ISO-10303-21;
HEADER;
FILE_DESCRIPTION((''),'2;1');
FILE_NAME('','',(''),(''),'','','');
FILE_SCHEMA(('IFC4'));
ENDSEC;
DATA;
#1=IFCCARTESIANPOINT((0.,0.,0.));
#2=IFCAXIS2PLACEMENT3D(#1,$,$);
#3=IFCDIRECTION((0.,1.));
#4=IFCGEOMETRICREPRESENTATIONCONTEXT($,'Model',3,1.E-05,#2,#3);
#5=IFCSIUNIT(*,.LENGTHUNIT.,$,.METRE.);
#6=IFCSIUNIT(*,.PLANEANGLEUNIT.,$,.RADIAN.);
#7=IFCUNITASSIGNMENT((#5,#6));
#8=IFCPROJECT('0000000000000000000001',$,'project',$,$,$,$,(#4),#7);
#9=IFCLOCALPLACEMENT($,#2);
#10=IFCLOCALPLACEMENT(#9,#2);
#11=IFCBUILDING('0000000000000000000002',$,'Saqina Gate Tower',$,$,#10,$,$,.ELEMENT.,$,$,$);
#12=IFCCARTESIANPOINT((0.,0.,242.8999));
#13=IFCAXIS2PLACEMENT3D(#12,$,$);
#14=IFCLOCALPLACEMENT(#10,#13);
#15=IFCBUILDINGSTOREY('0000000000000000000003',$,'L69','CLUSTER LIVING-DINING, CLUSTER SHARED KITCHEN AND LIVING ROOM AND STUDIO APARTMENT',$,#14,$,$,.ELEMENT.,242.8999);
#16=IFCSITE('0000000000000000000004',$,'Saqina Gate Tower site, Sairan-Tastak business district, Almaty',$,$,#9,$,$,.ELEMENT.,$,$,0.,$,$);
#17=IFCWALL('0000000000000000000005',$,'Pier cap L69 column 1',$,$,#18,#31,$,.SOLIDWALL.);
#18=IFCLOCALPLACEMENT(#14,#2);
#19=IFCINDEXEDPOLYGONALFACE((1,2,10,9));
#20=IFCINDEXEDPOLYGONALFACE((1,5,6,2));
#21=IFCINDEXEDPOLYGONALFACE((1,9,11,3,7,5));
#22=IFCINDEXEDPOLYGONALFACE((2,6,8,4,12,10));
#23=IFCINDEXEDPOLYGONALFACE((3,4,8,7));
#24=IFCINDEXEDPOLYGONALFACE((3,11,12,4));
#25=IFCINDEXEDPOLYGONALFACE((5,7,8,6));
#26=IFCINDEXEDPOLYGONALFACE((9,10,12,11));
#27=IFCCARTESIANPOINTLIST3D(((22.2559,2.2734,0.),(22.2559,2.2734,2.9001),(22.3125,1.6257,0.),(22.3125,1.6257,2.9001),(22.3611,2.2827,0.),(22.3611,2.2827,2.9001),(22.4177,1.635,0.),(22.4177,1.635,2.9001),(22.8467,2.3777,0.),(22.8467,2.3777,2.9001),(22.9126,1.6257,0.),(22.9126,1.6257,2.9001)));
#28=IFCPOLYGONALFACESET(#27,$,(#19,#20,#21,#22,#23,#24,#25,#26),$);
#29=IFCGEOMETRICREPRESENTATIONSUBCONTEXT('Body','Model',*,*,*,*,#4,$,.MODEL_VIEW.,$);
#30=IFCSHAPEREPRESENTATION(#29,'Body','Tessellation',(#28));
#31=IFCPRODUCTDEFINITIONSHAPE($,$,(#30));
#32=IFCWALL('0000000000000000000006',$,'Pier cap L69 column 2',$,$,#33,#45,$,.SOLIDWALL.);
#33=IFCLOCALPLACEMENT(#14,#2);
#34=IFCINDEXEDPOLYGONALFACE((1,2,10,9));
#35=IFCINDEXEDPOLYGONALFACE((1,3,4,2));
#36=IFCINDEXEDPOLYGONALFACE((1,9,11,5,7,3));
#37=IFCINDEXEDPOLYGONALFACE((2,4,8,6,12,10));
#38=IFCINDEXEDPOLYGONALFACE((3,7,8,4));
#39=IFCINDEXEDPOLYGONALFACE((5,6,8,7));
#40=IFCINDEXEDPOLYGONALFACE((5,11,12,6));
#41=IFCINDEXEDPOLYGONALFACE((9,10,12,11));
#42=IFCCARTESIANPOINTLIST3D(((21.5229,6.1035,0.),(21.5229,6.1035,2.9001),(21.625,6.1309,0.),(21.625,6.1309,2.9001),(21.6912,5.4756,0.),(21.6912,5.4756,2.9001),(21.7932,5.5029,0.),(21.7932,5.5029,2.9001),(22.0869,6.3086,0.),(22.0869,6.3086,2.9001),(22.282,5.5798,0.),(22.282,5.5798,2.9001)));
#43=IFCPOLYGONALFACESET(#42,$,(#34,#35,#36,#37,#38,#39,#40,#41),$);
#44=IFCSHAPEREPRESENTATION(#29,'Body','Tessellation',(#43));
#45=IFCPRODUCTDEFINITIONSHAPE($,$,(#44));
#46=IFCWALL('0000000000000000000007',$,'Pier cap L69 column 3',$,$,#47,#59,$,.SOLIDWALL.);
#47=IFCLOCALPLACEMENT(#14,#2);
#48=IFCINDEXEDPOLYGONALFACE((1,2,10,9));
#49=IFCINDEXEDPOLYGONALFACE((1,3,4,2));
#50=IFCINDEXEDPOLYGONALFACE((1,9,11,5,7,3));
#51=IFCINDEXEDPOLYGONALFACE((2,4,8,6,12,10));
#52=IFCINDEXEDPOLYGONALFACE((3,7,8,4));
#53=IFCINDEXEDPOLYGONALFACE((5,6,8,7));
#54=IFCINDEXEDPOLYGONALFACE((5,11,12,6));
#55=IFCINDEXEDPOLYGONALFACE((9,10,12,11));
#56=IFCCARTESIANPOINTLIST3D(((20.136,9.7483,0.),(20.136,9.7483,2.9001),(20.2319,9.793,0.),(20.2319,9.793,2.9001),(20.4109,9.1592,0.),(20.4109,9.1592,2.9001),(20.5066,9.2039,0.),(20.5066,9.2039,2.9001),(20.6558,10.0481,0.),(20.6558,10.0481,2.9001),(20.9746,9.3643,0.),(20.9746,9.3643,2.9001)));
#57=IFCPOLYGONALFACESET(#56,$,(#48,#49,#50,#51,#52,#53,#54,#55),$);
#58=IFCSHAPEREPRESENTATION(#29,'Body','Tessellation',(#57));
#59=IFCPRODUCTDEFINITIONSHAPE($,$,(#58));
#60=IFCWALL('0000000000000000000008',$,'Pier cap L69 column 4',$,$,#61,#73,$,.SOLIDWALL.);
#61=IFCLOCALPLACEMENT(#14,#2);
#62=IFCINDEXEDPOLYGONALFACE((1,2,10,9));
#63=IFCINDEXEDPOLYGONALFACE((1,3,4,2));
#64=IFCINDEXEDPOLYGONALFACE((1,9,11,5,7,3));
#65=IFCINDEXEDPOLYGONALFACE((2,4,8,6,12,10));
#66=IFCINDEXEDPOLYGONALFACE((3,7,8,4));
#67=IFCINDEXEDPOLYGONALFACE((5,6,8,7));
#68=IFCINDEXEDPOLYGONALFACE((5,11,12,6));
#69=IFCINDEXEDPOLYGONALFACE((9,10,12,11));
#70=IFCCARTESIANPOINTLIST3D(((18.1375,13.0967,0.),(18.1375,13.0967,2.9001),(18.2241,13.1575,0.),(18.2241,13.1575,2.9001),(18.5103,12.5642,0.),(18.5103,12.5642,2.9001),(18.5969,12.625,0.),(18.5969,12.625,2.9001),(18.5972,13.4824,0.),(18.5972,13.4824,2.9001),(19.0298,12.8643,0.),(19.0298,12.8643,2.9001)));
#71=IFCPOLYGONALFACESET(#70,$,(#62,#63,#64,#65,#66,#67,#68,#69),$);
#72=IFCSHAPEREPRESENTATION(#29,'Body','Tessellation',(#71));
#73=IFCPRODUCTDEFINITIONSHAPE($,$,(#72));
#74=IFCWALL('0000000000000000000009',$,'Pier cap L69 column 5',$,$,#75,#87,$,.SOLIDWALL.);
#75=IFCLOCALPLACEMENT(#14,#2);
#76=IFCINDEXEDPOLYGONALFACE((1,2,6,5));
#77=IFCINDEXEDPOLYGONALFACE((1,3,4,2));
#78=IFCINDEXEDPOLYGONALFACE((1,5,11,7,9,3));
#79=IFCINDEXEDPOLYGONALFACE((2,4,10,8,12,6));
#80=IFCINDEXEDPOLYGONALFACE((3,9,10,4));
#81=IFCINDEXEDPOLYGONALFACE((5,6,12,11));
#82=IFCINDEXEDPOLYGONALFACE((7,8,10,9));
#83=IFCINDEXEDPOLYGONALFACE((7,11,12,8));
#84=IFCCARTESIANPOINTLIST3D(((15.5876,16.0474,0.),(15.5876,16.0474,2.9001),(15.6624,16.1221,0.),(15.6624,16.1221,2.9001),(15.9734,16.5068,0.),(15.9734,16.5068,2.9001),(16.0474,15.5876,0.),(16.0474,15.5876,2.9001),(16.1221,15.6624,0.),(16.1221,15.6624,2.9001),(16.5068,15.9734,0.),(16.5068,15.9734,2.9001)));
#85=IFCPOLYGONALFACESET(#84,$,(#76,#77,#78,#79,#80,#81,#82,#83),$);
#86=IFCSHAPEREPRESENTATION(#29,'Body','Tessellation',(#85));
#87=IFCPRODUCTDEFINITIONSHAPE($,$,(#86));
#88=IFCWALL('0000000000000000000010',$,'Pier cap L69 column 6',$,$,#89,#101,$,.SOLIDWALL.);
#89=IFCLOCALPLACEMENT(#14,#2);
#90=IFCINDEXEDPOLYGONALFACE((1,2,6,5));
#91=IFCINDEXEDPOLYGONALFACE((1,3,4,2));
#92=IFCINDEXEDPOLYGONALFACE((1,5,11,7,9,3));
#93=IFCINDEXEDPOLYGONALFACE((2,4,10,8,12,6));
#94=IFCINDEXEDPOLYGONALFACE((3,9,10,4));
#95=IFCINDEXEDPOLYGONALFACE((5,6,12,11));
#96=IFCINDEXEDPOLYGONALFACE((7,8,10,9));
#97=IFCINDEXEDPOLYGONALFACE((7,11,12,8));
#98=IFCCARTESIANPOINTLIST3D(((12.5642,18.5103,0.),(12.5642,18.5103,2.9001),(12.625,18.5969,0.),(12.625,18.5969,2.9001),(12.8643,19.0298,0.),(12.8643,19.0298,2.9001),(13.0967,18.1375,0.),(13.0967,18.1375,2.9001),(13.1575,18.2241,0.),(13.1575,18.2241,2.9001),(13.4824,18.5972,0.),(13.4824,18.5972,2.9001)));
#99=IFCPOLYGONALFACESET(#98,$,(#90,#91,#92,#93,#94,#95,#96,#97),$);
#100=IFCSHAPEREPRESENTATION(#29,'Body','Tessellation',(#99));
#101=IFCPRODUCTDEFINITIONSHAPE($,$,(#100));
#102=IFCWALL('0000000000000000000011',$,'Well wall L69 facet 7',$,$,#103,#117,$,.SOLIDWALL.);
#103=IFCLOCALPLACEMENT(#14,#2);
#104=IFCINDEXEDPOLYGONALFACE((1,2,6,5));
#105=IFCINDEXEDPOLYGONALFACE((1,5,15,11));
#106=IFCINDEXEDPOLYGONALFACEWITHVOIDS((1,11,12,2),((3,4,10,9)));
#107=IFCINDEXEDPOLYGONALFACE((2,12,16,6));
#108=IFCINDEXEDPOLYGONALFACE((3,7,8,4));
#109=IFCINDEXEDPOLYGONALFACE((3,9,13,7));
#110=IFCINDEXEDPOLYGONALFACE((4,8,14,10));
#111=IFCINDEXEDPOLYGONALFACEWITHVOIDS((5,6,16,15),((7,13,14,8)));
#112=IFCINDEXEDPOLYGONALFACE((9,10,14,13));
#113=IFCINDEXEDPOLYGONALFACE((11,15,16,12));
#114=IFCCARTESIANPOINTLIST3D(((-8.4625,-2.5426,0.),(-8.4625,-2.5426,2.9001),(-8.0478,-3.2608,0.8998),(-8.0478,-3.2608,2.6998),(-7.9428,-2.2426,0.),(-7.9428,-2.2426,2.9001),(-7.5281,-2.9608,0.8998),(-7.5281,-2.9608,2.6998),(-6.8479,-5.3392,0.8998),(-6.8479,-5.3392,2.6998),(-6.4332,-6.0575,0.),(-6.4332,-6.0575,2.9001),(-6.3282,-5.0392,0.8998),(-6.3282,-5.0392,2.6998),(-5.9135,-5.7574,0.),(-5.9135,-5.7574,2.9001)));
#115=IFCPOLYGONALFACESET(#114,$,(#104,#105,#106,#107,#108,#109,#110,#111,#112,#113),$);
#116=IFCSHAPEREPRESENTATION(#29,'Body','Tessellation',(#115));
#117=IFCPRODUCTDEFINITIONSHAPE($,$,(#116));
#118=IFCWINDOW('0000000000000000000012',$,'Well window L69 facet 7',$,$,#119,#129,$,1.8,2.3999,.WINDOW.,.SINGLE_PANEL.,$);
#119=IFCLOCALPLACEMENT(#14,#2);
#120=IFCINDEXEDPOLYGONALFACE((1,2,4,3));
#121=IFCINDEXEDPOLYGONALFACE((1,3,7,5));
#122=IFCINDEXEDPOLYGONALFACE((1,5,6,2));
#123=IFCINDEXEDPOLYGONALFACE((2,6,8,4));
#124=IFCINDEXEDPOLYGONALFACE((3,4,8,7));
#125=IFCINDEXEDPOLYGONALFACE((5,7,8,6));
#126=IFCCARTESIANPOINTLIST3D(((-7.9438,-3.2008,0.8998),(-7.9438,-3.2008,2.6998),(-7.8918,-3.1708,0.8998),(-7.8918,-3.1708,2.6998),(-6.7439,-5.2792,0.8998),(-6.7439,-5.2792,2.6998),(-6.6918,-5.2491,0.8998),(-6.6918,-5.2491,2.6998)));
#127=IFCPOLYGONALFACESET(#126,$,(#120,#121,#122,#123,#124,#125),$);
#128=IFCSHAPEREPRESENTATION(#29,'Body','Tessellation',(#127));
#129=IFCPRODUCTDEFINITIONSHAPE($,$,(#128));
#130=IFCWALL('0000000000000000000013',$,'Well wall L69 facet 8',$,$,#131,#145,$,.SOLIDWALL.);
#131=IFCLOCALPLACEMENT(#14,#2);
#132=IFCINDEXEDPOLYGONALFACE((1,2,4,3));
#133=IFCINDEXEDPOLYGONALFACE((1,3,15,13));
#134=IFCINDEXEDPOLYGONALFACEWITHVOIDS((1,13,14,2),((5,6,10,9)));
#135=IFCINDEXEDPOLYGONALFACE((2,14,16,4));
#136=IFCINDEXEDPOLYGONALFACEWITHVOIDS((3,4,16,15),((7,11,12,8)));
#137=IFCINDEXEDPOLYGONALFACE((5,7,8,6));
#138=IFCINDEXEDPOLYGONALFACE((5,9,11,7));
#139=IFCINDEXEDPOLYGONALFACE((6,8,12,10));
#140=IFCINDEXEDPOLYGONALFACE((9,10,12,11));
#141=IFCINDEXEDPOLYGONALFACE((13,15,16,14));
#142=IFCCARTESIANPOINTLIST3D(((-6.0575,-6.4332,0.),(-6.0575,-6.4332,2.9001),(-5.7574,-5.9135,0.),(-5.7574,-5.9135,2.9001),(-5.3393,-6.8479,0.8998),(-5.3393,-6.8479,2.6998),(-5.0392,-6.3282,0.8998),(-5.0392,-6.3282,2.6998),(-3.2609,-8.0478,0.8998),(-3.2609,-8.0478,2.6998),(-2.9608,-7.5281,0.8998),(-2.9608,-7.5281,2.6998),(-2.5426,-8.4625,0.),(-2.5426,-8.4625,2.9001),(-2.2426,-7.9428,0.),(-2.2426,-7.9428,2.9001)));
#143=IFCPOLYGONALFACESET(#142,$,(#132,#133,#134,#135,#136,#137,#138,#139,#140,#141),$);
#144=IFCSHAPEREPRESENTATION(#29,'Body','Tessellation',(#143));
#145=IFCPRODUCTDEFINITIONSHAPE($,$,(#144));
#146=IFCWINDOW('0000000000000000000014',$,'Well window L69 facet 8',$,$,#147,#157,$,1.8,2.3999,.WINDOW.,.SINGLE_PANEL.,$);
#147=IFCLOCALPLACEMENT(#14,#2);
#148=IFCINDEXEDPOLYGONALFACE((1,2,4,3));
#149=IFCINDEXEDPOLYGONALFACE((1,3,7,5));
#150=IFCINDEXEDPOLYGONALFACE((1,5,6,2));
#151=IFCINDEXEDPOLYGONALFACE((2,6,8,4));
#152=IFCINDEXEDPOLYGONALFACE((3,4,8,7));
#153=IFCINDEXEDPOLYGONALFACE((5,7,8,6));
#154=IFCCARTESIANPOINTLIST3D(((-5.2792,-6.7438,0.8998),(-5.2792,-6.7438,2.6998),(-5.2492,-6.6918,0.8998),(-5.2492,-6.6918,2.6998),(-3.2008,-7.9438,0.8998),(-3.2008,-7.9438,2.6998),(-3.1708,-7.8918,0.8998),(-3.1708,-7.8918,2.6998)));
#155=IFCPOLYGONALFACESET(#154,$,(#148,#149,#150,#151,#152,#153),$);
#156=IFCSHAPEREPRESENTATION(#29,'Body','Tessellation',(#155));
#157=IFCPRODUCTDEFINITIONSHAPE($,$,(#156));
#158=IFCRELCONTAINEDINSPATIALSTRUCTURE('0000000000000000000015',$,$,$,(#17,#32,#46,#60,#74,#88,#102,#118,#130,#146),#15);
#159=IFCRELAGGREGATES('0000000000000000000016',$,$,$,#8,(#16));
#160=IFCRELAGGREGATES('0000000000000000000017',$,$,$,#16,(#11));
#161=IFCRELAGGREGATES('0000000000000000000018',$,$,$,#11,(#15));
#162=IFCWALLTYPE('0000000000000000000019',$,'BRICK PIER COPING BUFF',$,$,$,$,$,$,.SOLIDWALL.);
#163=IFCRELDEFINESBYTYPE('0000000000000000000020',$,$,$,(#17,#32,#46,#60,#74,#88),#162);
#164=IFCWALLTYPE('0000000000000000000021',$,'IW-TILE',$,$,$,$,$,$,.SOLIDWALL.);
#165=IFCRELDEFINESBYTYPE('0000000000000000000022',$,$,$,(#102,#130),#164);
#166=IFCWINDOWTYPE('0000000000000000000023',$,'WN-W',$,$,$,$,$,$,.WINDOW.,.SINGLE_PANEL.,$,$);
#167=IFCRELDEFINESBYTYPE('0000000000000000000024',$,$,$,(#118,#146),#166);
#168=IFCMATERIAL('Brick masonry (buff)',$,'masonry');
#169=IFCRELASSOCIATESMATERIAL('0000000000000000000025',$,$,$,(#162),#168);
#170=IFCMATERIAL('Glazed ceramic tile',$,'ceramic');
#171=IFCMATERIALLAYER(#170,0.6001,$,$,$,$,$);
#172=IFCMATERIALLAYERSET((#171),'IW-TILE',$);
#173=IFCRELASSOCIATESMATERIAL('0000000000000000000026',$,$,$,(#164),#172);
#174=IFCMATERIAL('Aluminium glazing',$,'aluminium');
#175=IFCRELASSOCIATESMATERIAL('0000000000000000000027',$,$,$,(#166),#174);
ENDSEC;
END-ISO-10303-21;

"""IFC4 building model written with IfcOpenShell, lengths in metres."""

from ifc_helpers import new_model, si_unit, direction, frame, frame_2d, origin, place, context, subcontext, project, spatial, polyline, rectangle, outline, extrude, material, layer, layer_set, type_object, element, fill, save


model = new_model("IFC4")

# Units and contexts
model_context = context("Model", 3, precision=1e-05, world=origin(), true_north=direction((0.0, 1.0)))
body_context = subcontext(model_context, "Body", "Model", "MODEL_VIEW")
ifc_project = project(units=[si_unit("LENGTHUNIT", "METRE"), si_unit("PLANEANGLEUNIT", "RADIAN")], contexts=[model_context])

# Site, building, storey
site_placement = place(None, origin())
site = spatial("IfcSite", under=ifc_project, at=site_placement, Name="Saqina Gate Tower site, Sairan-Tastak business district, Almaty", CompositionType="ELEMENT", RefElevation=0.0)
building_placement = place(site_placement, origin())
building = spatial("IfcBuilding", under=site, at=building_placement, Name="Saqina Gate Tower", CompositionType="ELEMENT")
storey_placement = place(building_placement, frame((0.0, 0.0, 242.8999)))
storey = spatial("IfcBuildingStorey", under=building, at=storey_placement, Name="L69", Description="CLUSTER LIVING-DINING, CLUSTER SHARED KITCHEN AND LIVING ROOM AND STUDIO APARTMENT", CompositionType="ELEMENT", Elevation=242.8999)

# Walls
ifc_material_1 = material(Name="Brick masonry (buff)", Category="masonry")
wall_type_1 = type_object("IfcWallType", Name="BRICK PIER COPING BUFF", PredefinedType="SOLIDWALL", material=ifc_material_1)
wall_1_placement = place(storey_placement, origin())
element("IfcWall", 1, at=wall_1_placement, inside=storey, type_object=wall_type_1, Name="Pier cap L69 column 1", PredefinedType="SOLIDWALL", context=body_context, shape_type="SweptSolid", body=[
    extrude(outline(polyline([(22.9126, 1.6257), (22.8467, 2.3777), (22.2559, 2.2734), (22.3611, 2.2827), (22.4177, 1.635), (22.3125, 1.6257), (22.9126, 1.6257)])), origin(), (0.0, 0.0, 1.0), 2.9001),
])
wall_2_placement = place(storey_placement, origin())
element("IfcWall", 2, at=wall_2_placement, inside=storey, type_object=wall_type_1, Name="Pier cap L69 column 2", PredefinedType="SOLIDWALL", context=body_context, shape_type="SweptSolid", body=[
    extrude(outline(polyline([(22.0869, 6.3086), (21.5229, 6.1035), (21.625, 6.1309), (21.7932, 5.5029), (21.6912, 5.4756), (22.282, 5.5798), (22.0869, 6.3086)])), origin(), (0.0, 0.0, 1.0), 2.9001),
])
wall_3_placement = place(storey_placement, origin())
element("IfcWall", 3, at=wall_3_placement, inside=storey, type_object=wall_type_1, Name="Pier cap L69 column 3", PredefinedType="SOLIDWALL", context=body_context, shape_type="SweptSolid", body=[
    extrude(outline(polyline([(20.9746, 9.3643), (20.6558, 10.0481), (20.136, 9.7483), (20.2319, 9.793), (20.5066, 9.2039), (20.4109, 9.1592), (20.9746, 9.3643)])), origin(), (0.0, 0.0, 1.0), 2.9001),
])
wall_4_placement = place(storey_placement, origin())
element("IfcWall", 4, at=wall_4_placement, inside=storey, type_object=wall_type_1, Name="Pier cap L69 column 4", PredefinedType="SOLIDWALL", context=body_context, shape_type="SweptSolid", body=[
    extrude(outline(polyline([(19.0298, 12.8643), (18.5972, 13.4824), (18.1375, 13.0967), (18.2241, 13.1575), (18.5969, 12.625), (18.5103, 12.5642), (19.0298, 12.8643)])), origin(), (0.0, 0.0, 1.0), 2.9001),
])
wall_5_placement = place(storey_placement, origin())
element("IfcWall", 5, at=wall_5_placement, inside=storey, type_object=wall_type_1, Name="Pier cap L69 column 5", PredefinedType="SOLIDWALL", context=body_context, shape_type="SweptSolid", body=[
    extrude(outline(polyline([(15.9734, 16.5068), (15.5876, 16.0474), (15.6624, 16.1221), (16.1221, 15.6624), (16.0474, 15.5876), (16.5068, 15.9734), (15.9734, 16.5068)])), origin(), (0.0, 0.0, 1.0), 2.9001),
])
wall_6_placement = place(storey_placement, origin())
element("IfcWall", 6, at=wall_6_placement, inside=storey, type_object=wall_type_1, Name="Pier cap L69 column 6", PredefinedType="SOLIDWALL", context=body_context, shape_type="SweptSolid", body=[
    extrude(outline(polyline([(12.8643, 19.0298), (12.5642, 18.5103), (12.625, 18.5969), (13.1575, 18.2241), (13.0967, 18.1375), (13.4824, 18.5972), (12.8643, 19.0298)])), origin(), (0.0, 0.0, 1.0), 2.9001),
])

# Walls, openings, windows
ifc_material_2 = material(Name="Glazed ceramic tile", Category="ceramic")
ifc_layer_1 = layer(ifc_material_2, 0.6001)
ifc_layer_set_1 = layer_set([ifc_layer_1], Name="IW-TILE")
wall_type_2 = type_object("IfcWallType", Name="IW-TILE", PredefinedType="SOLIDWALL", material=ifc_layer_set_1)
wall_7_placement = place(storey_placement, frame((-8.2026, -2.3926, 0.0), z_axis=(0.0, 0.0, 1.0), x_axis=(0.499995, -0.866028, 0.0)))
wall_7 = element("IfcWall", 7, at=wall_7_placement, inside=storey, type_object=wall_type_2, Name="Well wall L69 facet 7", PredefinedType="SOLIDWALL", context=body_context, shape_type="SweptSolid", body=[
    extrude(rectangle(XDim=4.0586, YDim=0.6001, at=frame_2d((2.0293, 0.0))), origin(), (0.0, 0.0, 1.0), 2.9001),
])
opening_1_placement = place(wall_7_placement, frame((0.8293, 0.0, 0.8999)))
opening_1 = element("IfcOpeningElement", 8, at=opening_1_placement, cuts=wall_7, PredefinedType="OPENING", context=body_context, shape_type="SweptSolid", body=[
    extrude(rectangle(XDim=2.3999, YDim=1.8, at=frame_2d((1.2, 0.8999))), frame((0.0, 0.312, 0.0), z_axis=(0.0, -1.0, 0.0), x_axis=(1.0, 0.0, 0.0)), (0.0, 0.0, 1.0), 0.624),
])
ifc_material_3 = material(Name="Aluminium glazing", Category="aluminium")
window_type = type_object("IfcWindowType", Name="WN-W", PartitioningType="SINGLE_PANEL", PredefinedType="WINDOW", material=ifc_material_3)
window_1_placement = place(opening_1_placement, origin())
window_1 = element("IfcWindow", 9, at=window_1_placement, inside=storey, type_object=window_type, Name="Well window L69 facet 7", OverallHeight=1.8, OverallWidth=2.3999, PartitioningType="SINGLE_PANEL", PredefinedType="WINDOW", context=body_context, shape_type="SweptSolid", body=[
    extrude(rectangle(XDim=2.3999, YDim=1.8, at=frame_2d((1.2, 0.8999))), frame((0.0, -0.1199, 0.0), z_axis=(0.0, -1.0, 0.0), x_axis=(1.0, 0.0, 0.0)), (0.0, 0.0, 1.0), 0.0601),
])
fill(opening_1, window_1)
wall_8_placement = place(storey_placement, frame((-5.9075, -6.1733, 0.0), z_axis=(0.0, 0.0, 1.0), x_axis=(0.866028, -0.499995, 0.0)))
wall_8 = element("IfcWall", 10, at=wall_8_placement, inside=storey, type_object=wall_type_2, Name="Well wall L69 facet 8", PredefinedType="SOLIDWALL", context=body_context, shape_type="SweptSolid", body=[
    extrude(rectangle(XDim=4.0586, YDim=0.6001, at=frame_2d((2.0293, 0.0))), origin(), (0.0, 0.0, 1.0), 2.9001),
])
opening_2_placement = place(wall_8_placement, frame((0.8293, 0.0, 0.8999)))
opening_2 = element("IfcOpeningElement", 11, at=opening_2_placement, cuts=wall_8, PredefinedType="OPENING", context=body_context, shape_type="SweptSolid", body=[
    extrude(rectangle(XDim=2.3999, YDim=1.8, at=frame_2d((1.2, 0.8999))), frame((0.0, 0.312, 0.0), z_axis=(0.0, -1.0, 0.0), x_axis=(1.0, 0.0, 0.0)), (0.0, 0.0, 1.0), 0.624),
])
window_2_placement = place(opening_2_placement, origin())
window_2 = element("IfcWindow", 12, at=window_2_placement, inside=storey, type_object=window_type, Name="Well window L69 facet 8", OverallHeight=1.8, OverallWidth=2.3999, PartitioningType="SINGLE_PANEL", PredefinedType="WINDOW", context=body_context, shape_type="SweptSolid", body=[
    extrude(rectangle(XDim=2.3999, YDim=1.8, at=frame_2d((1.2, 0.8999))), frame((0.0, -0.1199, 0.0), z_axis=(0.0, -1.0, 0.0), x_axis=(1.0, 0.0, 0.0)), (0.0, 0.0, 1.0), 0.0601),
])
fill(opening_2, window_2)

save(model, "model.ifc")
